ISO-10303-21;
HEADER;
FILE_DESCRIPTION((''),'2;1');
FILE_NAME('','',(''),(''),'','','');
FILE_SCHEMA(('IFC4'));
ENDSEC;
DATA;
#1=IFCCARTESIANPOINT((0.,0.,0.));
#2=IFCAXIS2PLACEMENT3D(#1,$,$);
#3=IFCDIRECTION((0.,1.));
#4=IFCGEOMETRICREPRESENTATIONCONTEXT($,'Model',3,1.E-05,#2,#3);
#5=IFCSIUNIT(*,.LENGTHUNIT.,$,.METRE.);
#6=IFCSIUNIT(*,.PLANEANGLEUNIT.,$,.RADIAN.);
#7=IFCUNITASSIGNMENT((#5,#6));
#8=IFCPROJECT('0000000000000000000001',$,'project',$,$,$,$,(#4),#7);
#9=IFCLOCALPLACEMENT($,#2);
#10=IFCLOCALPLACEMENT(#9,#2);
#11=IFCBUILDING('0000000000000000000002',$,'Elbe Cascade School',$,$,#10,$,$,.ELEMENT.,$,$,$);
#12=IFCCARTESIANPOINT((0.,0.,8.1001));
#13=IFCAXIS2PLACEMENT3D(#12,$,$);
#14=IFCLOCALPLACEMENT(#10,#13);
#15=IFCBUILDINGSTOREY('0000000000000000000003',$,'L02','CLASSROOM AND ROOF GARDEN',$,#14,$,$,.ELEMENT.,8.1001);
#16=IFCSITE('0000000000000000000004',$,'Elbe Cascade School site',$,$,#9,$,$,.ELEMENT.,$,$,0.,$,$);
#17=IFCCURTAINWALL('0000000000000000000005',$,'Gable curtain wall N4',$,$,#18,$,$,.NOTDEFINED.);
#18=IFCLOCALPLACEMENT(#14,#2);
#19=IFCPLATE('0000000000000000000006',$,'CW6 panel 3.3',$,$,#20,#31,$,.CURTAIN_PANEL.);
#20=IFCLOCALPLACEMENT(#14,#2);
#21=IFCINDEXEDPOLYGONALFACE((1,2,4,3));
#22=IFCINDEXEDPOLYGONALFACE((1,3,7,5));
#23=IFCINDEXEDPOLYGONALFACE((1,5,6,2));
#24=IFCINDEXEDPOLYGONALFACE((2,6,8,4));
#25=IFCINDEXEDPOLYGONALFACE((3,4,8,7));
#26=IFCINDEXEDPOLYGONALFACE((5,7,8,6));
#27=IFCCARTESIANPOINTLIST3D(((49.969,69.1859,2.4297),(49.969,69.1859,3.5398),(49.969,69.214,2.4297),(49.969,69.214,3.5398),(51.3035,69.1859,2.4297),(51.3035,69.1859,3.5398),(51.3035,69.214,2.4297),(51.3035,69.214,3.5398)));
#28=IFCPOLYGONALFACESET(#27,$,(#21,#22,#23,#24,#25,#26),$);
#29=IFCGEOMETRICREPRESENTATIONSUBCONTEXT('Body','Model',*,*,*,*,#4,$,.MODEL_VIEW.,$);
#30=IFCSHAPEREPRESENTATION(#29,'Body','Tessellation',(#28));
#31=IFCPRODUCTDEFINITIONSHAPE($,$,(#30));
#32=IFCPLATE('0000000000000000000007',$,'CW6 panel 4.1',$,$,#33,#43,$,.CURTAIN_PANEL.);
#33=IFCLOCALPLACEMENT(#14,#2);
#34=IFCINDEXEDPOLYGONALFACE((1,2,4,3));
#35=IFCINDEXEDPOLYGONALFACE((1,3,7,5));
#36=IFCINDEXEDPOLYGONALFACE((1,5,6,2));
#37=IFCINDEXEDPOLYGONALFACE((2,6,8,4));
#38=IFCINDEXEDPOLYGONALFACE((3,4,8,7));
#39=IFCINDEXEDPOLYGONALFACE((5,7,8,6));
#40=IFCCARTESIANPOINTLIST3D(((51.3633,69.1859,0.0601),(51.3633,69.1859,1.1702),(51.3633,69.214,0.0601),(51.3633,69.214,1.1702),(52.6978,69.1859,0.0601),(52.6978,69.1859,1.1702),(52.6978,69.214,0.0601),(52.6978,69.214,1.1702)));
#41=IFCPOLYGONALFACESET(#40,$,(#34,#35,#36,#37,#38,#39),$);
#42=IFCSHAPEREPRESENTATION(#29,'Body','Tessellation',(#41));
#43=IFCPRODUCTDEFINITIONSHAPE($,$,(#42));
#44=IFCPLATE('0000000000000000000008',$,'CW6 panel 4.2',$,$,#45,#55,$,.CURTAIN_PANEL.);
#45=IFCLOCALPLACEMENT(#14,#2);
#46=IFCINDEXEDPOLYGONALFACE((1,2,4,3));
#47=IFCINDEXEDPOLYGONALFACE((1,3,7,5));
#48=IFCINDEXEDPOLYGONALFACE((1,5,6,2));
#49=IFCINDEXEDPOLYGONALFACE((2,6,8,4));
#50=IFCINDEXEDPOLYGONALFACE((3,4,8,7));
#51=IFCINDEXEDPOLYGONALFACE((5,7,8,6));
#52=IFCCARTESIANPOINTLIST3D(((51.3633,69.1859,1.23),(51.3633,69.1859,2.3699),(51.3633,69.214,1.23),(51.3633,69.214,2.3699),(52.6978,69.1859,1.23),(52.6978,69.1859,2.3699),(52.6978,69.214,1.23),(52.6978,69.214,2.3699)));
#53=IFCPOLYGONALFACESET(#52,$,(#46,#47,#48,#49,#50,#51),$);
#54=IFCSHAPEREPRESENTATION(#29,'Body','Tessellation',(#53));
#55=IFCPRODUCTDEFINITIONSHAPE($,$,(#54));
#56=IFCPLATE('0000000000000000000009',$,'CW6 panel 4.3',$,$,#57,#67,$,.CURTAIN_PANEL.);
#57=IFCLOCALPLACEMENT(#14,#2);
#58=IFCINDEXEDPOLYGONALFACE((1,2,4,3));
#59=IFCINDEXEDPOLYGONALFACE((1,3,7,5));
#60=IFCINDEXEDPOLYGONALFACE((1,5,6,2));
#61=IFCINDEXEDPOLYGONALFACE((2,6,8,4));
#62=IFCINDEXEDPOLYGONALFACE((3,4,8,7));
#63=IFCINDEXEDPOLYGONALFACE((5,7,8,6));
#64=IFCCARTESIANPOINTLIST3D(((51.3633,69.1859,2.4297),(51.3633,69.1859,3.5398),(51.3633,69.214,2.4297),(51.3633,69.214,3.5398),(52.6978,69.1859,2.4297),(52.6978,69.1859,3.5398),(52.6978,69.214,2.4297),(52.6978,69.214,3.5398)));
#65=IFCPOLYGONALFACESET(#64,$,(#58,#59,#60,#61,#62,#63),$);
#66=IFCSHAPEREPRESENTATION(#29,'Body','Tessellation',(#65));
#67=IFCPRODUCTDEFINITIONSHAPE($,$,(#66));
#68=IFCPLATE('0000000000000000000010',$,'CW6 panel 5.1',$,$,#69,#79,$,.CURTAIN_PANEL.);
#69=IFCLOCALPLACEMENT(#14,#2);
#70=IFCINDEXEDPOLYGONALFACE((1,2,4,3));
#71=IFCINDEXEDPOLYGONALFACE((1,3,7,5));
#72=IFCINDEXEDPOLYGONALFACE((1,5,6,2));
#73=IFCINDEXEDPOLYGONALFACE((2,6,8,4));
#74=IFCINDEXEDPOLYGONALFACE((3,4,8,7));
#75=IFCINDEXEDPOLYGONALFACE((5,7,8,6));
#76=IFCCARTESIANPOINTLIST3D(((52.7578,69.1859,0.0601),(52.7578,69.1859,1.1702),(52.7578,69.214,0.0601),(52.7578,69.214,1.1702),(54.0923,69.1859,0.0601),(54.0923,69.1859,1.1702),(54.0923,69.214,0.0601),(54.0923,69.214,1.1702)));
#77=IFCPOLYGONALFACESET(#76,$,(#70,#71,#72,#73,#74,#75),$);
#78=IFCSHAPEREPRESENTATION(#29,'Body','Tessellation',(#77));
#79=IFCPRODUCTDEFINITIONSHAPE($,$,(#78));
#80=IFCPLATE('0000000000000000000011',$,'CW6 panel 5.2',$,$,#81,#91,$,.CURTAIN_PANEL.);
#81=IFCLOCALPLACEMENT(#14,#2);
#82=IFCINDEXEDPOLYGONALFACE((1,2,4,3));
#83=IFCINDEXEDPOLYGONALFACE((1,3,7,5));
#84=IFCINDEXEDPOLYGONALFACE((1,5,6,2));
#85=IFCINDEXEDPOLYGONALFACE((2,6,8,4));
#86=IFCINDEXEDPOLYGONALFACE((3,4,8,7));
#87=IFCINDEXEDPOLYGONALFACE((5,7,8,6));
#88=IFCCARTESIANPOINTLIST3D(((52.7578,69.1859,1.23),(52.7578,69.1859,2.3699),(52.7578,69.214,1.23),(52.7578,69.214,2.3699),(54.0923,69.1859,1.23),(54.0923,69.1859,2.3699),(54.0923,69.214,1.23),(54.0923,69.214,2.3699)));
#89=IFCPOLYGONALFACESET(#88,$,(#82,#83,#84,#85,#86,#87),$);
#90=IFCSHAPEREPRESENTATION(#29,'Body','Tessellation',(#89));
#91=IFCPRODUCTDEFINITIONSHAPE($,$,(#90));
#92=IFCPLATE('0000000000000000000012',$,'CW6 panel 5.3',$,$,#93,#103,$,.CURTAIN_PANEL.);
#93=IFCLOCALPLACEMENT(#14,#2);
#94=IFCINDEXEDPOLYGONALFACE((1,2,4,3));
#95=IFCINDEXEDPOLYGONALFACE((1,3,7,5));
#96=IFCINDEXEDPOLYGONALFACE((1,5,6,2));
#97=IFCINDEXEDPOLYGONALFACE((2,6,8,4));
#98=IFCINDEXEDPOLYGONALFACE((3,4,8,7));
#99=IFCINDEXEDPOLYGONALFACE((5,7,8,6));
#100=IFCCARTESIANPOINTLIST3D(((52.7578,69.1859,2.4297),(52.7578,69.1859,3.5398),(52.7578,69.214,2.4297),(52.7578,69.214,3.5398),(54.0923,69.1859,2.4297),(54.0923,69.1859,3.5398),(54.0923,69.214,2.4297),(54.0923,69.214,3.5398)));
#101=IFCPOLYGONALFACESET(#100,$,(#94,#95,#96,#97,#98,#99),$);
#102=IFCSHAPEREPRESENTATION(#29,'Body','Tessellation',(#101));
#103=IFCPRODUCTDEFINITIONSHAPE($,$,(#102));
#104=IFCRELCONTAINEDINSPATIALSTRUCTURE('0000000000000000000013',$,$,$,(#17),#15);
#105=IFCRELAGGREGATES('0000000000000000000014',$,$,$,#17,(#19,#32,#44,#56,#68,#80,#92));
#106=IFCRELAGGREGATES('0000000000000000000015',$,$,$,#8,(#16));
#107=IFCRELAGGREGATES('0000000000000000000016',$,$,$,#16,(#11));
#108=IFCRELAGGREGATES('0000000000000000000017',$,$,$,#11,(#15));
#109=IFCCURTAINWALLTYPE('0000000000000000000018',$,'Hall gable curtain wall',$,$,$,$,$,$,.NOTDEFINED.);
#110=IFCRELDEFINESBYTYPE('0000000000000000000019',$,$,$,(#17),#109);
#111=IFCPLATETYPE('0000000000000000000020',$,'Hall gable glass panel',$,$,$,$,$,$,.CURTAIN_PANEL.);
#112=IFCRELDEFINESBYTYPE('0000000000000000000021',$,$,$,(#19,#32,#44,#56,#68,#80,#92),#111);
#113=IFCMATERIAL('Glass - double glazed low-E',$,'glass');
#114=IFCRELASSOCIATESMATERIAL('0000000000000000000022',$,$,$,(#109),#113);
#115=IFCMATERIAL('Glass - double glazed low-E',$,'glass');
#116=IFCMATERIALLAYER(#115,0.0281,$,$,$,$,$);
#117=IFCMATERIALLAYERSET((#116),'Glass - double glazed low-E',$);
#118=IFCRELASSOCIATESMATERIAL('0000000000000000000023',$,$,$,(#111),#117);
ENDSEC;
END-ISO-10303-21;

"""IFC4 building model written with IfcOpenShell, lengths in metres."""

from ifc_helpers import new_model, si_unit, direction, frame, origin, origin_2d, place, context, subcontext, project, spatial, rectangle, extrude, material, layer, layer_set, type_object, element, aggregate, save


model = new_model("IFC4")

# Units and contexts
model_context = context("Model", 3, precision=1e-05, world=origin(), true_north=direction((0.0, 1.0)))
body_context = subcontext(model_context, "Body", "Model", "MODEL_VIEW")
ifc_project = project(units=[si_unit("LENGTHUNIT", "METRE"), si_unit("PLANEANGLEUNIT", "RADIAN")], contexts=[model_context])

# Site, building, storey
site_placement = place(None, origin())
site = spatial("IfcSite", under=ifc_project, at=site_placement, Name="Elbe Cascade School site", CompositionType="ELEMENT", RefElevation=0.0)
building_placement = place(site_placement, origin())
building = spatial("IfcBuilding", under=site, at=building_placement, Name="Elbe Cascade School", CompositionType="ELEMENT")
storey_placement = place(building_placement, frame((0.0, 0.0, 8.1001)))
storey = spatial("IfcBuildingStorey", under=building, at=storey_placement, Name="L02", Description="CLASSROOM AND ROOF GARDEN", CompositionType="ELEMENT", Elevation=8.1001)

# Curtain wall, plates
ifc_material_1 = material(Name="Glass - double glazed low-E", Category="glass")
curtain_wall_type = type_object("IfcCurtainWallType", Name="Hall gable curtain wall", PredefinedType="NOTDEFINED", material=ifc_material_1)
curtain_wall_placement = place(storey_placement, origin())
curtain_wall = element("IfcCurtainWall", 1, at=curtain_wall_placement, inside=storey, type_object=curtain_wall_type, Name="Gable curtain wall N4", PredefinedType="NOTDEFINED")
ifc_material_2 = material(Name="Glass - double glazed low-E", Category="glass")
ifc_layer = layer(ifc_material_2, 0.0281)
ifc_layer_set = layer_set([ifc_layer], Name="Glass - double glazed low-E")
plate_type = type_object("IfcPlateType", Name="Hall gable glass panel", PredefinedType="CURTAIN_PANEL", material=ifc_layer_set)
plate_1_placement = place(storey_placement, frame((50.6362, 69.2, 2.4297), z_axis=(0.0, 0.0, 1.0), x_axis=(1.0, 0.0, 0.0)))
plate_1 = element("IfcPlate", 2, at=plate_1_placement, type_object=plate_type, Name="CW6 panel 3.3", PredefinedType="CURTAIN_PANEL", context=body_context, shape_type="SweptSolid", body=[
    extrude(rectangle(XDim=1.3345, YDim=0.0281, at=origin_2d()), origin(), (0.0, 0.0, 1.0), 1.1101),
])
plate_2_placement = place(storey_placement, frame((52.0305, 69.2, 0.0601), z_axis=(0.0, 0.0, 1.0), x_axis=(1.0, 0.0, 0.0)))
plate_2 = element("IfcPlate", 3, at=plate_2_placement, type_object=plate_type, Name="CW6 panel 4.1", PredefinedType="CURTAIN_PANEL", context=body_context, shape_type="SweptSolid", body=[
    extrude(rectangle(XDim=1.3345, YDim=0.0281, at=origin_2d()), origin(), (0.0, 0.0, 1.0), 1.1101),
])
plate_3_placement = place(storey_placement, frame((52.0305, 69.2, 1.23), z_axis=(0.0, 0.0, 1.0), x_axis=(1.0, 0.0, 0.0)))
plate_3 = element("IfcPlate", 4, at=plate_3_placement, type_object=plate_type, Name="CW6 panel 4.2", PredefinedType="CURTAIN_PANEL", context=body_context, shape_type="SweptSolid", body=[
    extrude(rectangle(XDim=1.3345, YDim=0.0281, at=origin_2d()), origin(), (0.0, 0.0, 1.0), 1.1399),
])
plate_4_placement = place(storey_placement, frame((52.0305, 69.2, 2.4297), z_axis=(0.0, 0.0, 1.0), x_axis=(1.0, 0.0, 0.0)))
plate_4 = element("IfcPlate", 5, at=plate_4_placement, type_object=plate_type, Name="CW6 panel 4.3", PredefinedType="CURTAIN_PANEL", context=body_context, shape_type="SweptSolid", body=[
    extrude(rectangle(XDim=1.3345, YDim=0.0281, at=origin_2d()), origin(), (0.0, 0.0, 1.0), 1.1101),
])
plate_5_placement = place(storey_placement, frame((53.425, 69.2, 0.0601), z_axis=(0.0, 0.0, 1.0), x_axis=(1.0, 0.0, 0.0)))
plate_5 = element("IfcPlate", 6, at=plate_5_placement, type_object=plate_type, Name="CW6 panel 5.1", PredefinedType="CURTAIN_PANEL", context=body_context, shape_type="SweptSolid", body=[
    extrude(rectangle(XDim=1.3345, YDim=0.0281, at=origin_2d()), origin(), (0.0, 0.0, 1.0), 1.1101),
])
plate_6_placement = place(storey_placement, frame((53.425, 69.2, 1.23), z_axis=(0.0, 0.0, 1.0), x_axis=(1.0, 0.0, 0.0)))
plate_6 = element("IfcPlate", 7, at=plate_6_placement, type_object=plate_type, Name="CW6 panel 5.2", PredefinedType="CURTAIN_PANEL", context=body_context, shape_type="SweptSolid", body=[
    extrude(rectangle(XDim=1.3345, YDim=0.0281, at=origin_2d()), origin(), (0.0, 0.0, 1.0), 1.1399),
])
plate_7_placement = place(storey_placement, frame((53.425, 69.2, 2.4297), z_axis=(0.0, 0.0, 1.0), x_axis=(1.0, 0.0, 0.0)))
plate_7 = element("IfcPlate", 8, at=plate_7_placement, type_object=plate_type, Name="CW6 panel 5.3", PredefinedType="CURTAIN_PANEL", context=body_context, shape_type="SweptSolid", body=[
    extrude(rectangle(XDim=1.3345, YDim=0.0281, at=origin_2d()), origin(), (0.0, 0.0, 1.0), 1.1101),
])
aggregate(curtain_wall, [plate_1, plate_2, plate_3, plate_4, plate_5, plate_6, plate_7])

save(model, "model.ifc")
